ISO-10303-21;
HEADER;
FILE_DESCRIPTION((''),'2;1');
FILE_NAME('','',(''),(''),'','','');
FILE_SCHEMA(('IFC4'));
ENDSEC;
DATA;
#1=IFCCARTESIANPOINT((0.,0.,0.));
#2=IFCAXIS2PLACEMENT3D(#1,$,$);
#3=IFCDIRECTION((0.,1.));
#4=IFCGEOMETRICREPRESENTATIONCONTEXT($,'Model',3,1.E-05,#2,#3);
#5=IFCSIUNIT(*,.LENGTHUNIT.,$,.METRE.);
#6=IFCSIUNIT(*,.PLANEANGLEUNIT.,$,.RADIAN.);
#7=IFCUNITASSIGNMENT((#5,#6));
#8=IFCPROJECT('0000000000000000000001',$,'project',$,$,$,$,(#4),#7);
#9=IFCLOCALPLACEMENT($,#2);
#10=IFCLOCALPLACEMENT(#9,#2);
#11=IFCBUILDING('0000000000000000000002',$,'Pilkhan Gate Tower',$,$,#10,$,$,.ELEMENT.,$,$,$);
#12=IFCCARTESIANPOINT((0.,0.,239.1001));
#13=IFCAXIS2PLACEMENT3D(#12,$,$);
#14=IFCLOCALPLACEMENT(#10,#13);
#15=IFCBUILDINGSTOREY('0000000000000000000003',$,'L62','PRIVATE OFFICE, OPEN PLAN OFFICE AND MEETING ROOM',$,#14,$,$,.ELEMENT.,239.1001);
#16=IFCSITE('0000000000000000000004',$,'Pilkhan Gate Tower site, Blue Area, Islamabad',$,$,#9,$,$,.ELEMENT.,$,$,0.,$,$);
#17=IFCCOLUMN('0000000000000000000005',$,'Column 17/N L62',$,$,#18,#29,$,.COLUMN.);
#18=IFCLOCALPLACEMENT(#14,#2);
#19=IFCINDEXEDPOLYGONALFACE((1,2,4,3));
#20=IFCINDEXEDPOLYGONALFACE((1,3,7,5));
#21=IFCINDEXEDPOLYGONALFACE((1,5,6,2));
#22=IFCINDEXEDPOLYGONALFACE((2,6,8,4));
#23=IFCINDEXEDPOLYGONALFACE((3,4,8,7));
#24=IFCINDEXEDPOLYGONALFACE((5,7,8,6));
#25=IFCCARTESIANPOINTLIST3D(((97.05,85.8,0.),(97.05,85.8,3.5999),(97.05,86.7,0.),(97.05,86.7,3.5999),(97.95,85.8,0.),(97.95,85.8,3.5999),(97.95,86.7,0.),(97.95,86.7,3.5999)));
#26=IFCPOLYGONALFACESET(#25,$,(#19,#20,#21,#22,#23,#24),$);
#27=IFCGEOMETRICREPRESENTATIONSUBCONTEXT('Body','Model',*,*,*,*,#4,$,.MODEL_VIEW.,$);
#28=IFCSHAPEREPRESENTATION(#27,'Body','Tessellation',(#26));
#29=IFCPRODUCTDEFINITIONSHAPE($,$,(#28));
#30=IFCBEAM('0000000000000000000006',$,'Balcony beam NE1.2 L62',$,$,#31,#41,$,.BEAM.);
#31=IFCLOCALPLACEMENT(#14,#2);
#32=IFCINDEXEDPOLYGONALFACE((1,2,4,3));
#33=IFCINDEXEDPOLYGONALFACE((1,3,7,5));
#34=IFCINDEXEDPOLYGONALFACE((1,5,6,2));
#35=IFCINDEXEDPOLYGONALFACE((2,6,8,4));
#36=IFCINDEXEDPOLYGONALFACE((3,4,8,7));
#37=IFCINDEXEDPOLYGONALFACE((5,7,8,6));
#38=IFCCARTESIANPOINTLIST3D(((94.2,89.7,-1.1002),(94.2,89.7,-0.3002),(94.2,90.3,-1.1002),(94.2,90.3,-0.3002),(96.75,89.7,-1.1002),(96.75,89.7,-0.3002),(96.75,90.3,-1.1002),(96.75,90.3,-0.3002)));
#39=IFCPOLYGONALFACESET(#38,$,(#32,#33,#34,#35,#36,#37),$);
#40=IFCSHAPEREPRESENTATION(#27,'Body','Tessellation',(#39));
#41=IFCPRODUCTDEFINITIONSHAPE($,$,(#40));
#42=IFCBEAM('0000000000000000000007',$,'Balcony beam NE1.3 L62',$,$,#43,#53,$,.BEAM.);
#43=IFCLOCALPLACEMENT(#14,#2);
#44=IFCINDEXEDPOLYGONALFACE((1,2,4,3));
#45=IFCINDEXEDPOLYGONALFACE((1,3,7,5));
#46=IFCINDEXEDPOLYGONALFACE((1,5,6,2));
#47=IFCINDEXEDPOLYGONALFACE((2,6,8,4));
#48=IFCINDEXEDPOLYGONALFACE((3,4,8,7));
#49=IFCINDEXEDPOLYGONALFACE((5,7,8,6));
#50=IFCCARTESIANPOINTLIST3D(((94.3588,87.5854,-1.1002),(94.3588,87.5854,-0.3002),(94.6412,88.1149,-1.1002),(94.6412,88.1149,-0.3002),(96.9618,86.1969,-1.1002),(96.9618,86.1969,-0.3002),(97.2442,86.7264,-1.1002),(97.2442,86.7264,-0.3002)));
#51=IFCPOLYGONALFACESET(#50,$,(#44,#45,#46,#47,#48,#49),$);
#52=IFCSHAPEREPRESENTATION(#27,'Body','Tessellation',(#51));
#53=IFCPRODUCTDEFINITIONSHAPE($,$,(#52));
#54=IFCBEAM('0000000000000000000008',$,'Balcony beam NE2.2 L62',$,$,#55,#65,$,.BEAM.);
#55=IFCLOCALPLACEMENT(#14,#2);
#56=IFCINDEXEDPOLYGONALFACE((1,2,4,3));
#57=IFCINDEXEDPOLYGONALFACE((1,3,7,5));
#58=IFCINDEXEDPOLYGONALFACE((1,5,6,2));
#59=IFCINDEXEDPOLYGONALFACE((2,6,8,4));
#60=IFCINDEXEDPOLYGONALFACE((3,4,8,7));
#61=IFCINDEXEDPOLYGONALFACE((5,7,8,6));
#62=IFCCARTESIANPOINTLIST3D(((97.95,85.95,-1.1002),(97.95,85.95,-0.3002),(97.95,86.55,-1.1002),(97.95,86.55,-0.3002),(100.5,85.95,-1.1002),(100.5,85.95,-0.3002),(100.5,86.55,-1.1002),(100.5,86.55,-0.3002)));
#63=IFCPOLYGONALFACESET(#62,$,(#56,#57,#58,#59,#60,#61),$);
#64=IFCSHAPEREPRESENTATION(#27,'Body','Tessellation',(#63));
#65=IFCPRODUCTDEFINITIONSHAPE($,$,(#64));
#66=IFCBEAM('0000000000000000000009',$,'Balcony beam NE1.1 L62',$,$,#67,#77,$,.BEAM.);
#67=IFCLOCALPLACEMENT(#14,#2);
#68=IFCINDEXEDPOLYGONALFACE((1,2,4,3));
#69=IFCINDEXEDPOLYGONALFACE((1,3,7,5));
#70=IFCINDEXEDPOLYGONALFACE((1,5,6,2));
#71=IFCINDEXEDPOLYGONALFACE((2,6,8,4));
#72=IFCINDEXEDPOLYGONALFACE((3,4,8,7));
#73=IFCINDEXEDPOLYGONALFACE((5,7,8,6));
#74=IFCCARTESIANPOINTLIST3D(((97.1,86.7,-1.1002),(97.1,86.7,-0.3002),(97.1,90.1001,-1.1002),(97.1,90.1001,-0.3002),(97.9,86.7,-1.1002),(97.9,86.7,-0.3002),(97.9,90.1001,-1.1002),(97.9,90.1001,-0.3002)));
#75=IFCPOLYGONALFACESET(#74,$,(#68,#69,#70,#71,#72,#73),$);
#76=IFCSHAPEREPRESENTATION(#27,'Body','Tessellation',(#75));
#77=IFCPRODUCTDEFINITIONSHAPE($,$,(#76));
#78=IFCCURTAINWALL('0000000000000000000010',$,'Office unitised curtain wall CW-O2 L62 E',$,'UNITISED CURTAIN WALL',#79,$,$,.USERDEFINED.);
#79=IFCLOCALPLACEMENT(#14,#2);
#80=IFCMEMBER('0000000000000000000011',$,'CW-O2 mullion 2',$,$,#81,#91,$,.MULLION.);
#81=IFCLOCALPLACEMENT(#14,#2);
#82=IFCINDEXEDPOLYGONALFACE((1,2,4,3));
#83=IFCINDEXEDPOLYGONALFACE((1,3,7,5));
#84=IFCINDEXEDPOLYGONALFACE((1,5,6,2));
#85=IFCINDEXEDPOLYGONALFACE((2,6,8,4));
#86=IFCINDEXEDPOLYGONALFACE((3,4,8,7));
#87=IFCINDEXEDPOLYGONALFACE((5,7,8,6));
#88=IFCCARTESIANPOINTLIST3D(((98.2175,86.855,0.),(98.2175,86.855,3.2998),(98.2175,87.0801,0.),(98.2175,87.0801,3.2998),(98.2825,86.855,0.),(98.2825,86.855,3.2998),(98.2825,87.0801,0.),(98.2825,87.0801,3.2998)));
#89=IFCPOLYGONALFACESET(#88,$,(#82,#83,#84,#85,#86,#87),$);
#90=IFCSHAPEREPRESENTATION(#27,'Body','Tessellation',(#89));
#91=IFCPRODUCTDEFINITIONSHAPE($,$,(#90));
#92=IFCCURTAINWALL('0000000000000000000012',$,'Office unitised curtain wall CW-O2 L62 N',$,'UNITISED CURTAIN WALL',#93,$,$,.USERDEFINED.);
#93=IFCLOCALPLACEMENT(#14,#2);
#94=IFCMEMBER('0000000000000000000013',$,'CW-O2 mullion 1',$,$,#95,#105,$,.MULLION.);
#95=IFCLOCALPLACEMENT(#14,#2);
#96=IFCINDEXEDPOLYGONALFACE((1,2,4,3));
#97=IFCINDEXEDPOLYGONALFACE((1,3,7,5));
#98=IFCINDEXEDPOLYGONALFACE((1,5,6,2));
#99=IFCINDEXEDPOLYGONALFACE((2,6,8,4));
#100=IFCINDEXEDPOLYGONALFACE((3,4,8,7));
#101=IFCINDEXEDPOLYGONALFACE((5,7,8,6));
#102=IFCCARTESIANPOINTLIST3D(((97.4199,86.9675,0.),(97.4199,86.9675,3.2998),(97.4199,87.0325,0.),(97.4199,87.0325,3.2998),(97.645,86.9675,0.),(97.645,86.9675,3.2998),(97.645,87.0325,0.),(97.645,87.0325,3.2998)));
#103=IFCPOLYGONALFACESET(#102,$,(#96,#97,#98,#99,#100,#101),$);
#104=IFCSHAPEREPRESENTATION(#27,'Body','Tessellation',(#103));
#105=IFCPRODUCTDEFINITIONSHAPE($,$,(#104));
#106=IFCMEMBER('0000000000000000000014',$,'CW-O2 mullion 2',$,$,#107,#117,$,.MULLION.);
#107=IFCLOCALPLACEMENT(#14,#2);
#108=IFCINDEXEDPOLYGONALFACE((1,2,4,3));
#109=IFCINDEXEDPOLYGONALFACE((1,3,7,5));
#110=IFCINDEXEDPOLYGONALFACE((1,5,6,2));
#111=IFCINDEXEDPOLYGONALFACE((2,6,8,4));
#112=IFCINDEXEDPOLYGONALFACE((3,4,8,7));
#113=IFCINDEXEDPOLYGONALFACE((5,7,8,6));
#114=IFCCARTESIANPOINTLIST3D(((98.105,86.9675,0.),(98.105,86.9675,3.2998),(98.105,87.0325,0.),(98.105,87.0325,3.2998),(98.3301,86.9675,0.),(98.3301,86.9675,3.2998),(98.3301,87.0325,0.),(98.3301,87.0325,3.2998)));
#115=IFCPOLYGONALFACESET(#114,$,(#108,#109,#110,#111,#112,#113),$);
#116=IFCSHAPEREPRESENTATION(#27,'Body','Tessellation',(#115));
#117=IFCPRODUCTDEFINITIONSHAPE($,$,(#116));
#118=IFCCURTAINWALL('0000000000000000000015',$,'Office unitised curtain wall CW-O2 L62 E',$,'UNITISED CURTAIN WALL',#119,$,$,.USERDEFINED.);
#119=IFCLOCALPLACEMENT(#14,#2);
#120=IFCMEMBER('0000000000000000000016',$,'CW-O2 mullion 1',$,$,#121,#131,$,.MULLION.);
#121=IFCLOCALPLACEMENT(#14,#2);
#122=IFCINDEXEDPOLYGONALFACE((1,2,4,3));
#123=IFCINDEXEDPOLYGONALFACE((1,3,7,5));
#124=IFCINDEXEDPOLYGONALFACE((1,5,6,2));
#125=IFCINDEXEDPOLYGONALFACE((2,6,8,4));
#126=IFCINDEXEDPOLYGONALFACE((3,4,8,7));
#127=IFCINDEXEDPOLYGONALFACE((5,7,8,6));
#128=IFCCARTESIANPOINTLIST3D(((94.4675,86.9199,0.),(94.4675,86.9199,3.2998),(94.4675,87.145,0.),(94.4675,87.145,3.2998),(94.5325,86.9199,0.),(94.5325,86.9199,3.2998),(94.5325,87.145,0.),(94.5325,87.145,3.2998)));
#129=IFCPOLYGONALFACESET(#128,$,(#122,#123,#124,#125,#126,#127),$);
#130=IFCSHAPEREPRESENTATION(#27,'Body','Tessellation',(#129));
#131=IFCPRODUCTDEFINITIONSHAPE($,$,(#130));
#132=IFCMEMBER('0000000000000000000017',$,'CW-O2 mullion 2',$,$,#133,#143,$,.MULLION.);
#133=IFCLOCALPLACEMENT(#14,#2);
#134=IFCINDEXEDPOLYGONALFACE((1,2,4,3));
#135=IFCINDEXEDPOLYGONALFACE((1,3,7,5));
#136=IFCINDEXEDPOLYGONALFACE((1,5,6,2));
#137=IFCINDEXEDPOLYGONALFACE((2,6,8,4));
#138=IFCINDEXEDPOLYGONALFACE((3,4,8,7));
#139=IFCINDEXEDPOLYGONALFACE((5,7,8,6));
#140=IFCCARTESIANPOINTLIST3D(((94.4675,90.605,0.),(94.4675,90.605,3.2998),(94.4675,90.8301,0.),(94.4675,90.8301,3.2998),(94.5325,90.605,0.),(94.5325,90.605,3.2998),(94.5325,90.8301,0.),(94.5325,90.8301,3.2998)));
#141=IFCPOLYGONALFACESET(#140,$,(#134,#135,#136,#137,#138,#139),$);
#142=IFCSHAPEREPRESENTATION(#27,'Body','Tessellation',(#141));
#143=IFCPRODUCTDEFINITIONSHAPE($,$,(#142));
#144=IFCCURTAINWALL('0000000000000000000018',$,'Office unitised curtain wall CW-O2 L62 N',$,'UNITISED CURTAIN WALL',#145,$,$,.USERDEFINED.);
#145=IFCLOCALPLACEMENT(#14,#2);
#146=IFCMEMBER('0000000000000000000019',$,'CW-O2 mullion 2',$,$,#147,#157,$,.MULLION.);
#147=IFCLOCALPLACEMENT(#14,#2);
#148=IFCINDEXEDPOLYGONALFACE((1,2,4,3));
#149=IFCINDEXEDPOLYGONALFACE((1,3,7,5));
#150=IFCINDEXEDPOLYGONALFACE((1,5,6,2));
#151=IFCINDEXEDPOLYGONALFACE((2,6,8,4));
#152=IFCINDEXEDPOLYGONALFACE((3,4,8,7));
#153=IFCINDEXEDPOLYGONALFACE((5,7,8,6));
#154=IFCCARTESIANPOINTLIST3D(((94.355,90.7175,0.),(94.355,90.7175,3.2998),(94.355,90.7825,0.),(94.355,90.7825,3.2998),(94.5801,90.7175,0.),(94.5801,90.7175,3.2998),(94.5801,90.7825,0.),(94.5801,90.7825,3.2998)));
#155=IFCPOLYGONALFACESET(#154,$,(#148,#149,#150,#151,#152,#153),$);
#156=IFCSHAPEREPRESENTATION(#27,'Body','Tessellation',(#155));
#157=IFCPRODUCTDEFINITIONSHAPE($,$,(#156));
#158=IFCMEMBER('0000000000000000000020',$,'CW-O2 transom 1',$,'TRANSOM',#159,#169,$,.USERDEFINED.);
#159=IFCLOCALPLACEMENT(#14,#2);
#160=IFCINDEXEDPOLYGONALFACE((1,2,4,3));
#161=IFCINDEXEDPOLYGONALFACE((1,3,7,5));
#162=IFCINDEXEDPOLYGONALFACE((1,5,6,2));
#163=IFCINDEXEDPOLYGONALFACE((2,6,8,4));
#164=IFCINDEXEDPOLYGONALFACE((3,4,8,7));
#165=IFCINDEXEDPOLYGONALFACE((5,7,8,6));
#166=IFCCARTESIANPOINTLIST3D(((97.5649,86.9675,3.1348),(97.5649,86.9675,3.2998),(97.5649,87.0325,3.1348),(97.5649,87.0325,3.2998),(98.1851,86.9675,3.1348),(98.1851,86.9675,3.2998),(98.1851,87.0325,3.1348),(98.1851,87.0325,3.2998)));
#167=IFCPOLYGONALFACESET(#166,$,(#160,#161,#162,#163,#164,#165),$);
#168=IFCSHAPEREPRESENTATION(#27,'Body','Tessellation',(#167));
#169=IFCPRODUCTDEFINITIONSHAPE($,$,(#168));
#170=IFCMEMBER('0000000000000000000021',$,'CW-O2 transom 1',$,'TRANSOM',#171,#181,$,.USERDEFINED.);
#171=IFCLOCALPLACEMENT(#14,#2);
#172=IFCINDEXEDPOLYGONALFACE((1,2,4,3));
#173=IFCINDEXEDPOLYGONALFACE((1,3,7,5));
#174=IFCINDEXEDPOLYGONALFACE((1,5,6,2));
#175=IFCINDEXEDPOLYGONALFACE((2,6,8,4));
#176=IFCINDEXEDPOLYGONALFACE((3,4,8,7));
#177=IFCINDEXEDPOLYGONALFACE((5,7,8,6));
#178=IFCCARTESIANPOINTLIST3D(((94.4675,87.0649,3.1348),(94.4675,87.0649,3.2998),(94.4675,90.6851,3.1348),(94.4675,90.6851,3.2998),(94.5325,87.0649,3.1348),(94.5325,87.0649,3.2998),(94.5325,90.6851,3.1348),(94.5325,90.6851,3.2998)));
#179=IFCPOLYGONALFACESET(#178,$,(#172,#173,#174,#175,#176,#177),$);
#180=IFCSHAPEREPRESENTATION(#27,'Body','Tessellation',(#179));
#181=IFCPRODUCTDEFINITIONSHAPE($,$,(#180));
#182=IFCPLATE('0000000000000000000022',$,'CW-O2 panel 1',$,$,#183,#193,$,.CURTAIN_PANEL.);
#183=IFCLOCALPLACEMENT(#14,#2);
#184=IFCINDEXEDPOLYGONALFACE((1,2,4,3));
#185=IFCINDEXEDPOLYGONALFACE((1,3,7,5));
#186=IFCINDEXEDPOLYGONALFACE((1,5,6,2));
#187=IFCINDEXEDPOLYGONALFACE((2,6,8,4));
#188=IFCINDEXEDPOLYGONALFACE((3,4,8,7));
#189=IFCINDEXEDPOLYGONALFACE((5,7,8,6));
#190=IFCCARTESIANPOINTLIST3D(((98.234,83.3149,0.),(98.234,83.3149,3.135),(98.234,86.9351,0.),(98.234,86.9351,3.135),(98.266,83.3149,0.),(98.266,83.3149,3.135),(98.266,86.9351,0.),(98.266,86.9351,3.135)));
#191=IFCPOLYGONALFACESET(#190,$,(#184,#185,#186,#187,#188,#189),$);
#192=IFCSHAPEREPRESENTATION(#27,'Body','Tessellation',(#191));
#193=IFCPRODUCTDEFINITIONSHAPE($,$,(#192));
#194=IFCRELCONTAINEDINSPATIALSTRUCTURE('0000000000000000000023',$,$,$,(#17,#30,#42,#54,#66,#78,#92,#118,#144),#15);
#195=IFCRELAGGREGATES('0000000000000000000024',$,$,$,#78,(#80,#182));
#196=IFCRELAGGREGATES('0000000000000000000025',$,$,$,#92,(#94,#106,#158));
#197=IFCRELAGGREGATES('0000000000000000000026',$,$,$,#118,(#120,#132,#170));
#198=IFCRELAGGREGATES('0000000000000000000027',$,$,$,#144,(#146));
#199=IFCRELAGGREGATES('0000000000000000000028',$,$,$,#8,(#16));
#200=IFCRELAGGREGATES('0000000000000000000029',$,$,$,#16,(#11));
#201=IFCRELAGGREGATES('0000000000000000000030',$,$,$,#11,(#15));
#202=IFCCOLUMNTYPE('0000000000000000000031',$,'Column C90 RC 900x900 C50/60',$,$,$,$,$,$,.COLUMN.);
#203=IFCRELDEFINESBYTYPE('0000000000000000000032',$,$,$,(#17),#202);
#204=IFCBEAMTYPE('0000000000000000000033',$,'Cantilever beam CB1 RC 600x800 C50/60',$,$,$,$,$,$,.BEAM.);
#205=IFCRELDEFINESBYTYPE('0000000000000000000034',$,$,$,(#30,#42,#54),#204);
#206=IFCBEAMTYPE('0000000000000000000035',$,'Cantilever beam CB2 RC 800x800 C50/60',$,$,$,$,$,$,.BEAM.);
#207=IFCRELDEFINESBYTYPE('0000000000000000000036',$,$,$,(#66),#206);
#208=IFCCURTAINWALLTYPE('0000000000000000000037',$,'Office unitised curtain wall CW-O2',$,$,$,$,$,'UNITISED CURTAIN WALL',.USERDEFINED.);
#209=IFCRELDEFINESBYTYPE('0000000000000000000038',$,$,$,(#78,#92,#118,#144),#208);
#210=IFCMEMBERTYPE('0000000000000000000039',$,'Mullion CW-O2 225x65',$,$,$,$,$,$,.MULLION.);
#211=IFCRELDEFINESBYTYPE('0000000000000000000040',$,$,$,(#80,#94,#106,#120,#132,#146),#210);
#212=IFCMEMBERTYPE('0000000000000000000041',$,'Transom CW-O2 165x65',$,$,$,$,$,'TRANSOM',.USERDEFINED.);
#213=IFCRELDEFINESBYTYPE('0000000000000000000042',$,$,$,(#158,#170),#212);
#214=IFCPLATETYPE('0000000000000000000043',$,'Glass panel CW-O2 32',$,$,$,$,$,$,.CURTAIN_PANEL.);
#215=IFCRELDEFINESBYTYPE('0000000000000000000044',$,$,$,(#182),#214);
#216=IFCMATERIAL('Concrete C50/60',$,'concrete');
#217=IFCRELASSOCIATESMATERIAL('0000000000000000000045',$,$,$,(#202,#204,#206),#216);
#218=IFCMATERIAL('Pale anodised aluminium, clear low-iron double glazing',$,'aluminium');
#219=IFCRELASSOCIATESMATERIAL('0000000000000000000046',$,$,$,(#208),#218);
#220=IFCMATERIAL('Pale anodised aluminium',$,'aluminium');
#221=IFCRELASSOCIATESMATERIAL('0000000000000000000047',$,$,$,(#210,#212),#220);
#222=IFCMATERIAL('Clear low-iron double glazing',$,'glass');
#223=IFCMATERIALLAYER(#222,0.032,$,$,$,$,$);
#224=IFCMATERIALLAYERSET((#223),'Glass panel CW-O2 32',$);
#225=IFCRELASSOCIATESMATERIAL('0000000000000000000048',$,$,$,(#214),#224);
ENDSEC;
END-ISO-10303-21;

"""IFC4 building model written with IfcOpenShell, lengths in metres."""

from ifc_helpers import new_model, si_unit, direction, frame, origin, origin_2d, place, context, subcontext, project, spatial, rectangle, extrude, material, layer, layer_set, material_profile, profile_set, type_object, element, aggregate, save


model = new_model("IFC4")

# Units and contexts
model_context = context("Model", 3, precision=1e-05, world=origin(), true_north=direction((0.0, 1.0)))
body_context = subcontext(model_context, "Body", "Model", "MODEL_VIEW")
ifc_project = project(units=[si_unit("LENGTHUNIT", "METRE"), si_unit("PLANEANGLEUNIT", "RADIAN")], contexts=[model_context])

# Site, building, storey
site_placement = place(None, origin())
site = spatial("IfcSite", under=ifc_project, at=site_placement, Name="Pilkhan Gate Tower site, Blue Area, Islamabad", CompositionType="ELEMENT", RefElevation=0.0)
building_placement = place(site_placement, origin())
building = spatial("IfcBuilding", under=site, at=building_placement, Name="Pilkhan Gate Tower", CompositionType="ELEMENT")
storey_placement = place(building_placement, frame((0.0, 0.0, 239.1001)))
storey = spatial("IfcBuildingStorey", under=building, at=storey_placement, Name="L62", Description="PRIVATE OFFICE, OPEN PLAN OFFICE AND MEETING ROOM", CompositionType="ELEMENT", Elevation=239.1001)

# Column
ifc_material_1 = material(Name="Concrete C50/60", Category="concrete")
ifc_material_profile_1 = material_profile(ifc_material_1, rectangle(XDim=0.8999, YDim=0.8999, at=origin_2d()), Name="RC 900x900")
ifc_profile_set_1 = profile_set([ifc_material_profile_1], Name="Concrete C50/60")
column_type = type_object("IfcColumnType", Name="Column C90 RC 900x900 C50/60", PredefinedType="COLUMN", material=ifc_profile_set_1)
column_placement = place(storey_placement, frame((97.5, 86.25, 0.0), z_axis=(0.0, 0.0, 1.0), x_axis=(1.0, 0.0, 0.0)))
element("IfcColumn", 1, at=column_placement, inside=storey, type_object=column_type, Name="Column 17/N L62", PredefinedType="COLUMN", context=body_context, shape_type="SweptSolid", body=[
    extrude(rectangle(XDim=0.8999, YDim=0.8999, at=origin_2d()), origin(), (0.0, 0.0, 1.0), 3.5999),
])

# Beams
ifc_material_profile_2 = material_profile(ifc_material_1, rectangle(XDim=0.6001, YDim=0.8, at=origin_2d()), Name="RC 600x800")
ifc_profile_set_2 = profile_set([ifc_material_profile_2], Name="Concrete C50/60")
beam_type_1 = type_object("IfcBeamType", Name="Cantilever beam CB1 RC 600x800 C50/60", PredefinedType="BEAM", material=ifc_profile_set_2)
beam_1_placement = place(storey_placement, frame((94.2, 90.0, -0.7002), z_axis=(1.0, 0.0, 0.0), x_axis=(0.0, 1.0, 0.0)))
element("IfcBeam", 2, at=beam_1_placement, inside=storey, type_object=beam_type_1, Name="Balcony beam NE1.2 L62", PredefinedType="BEAM", context=body_context, shape_type="SweptSolid", body=[
    extrude(rectangle(XDim=0.6001, YDim=0.8, at=origin_2d()), origin(), (0.0, 0.0, 1.0), 2.55),
])
beam_2_placement = place(storey_placement, frame((97.103, 86.4617, -0.7002), z_axis=(-0.882332, 0.470627, 0.0), x_axis=(-0.470627, -0.882332, 0.0)))
element("IfcBeam", 3, at=beam_2_placement, inside=storey, type_object=beam_type_1, Name="Balcony beam NE1.3 L62", PredefinedType="BEAM", context=body_context, shape_type="SweptSolid", body=[
    extrude(rectangle(XDim=0.6001, YDim=0.8, at=origin_2d()), origin(), (0.0, 0.0, 1.0), 2.9502),
])
beam_3_placement = place(storey_placement, frame((97.95, 86.25, -0.7002), z_axis=(1.0, 0.0, 0.0), x_axis=(0.0, 1.0, 0.0)))
element("IfcBeam", 4, at=beam_3_placement, inside=storey, type_object=beam_type_1, Name="Balcony beam NE2.2 L62", PredefinedType="BEAM", context=body_context, shape_type="SweptSolid", body=[
    extrude(rectangle(XDim=0.6001, YDim=0.8, at=origin_2d()), origin(), (0.0, 0.0, 1.0), 2.55),
])
ifc_material_profile_3 = material_profile(ifc_material_1, rectangle(XDim=0.8, YDim=0.8, at=origin_2d()), Name="RC 800x800")
ifc_profile_set_3 = profile_set([ifc_material_profile_3], Name="Concrete C50/60")
beam_type_2 = type_object("IfcBeamType", Name="Cantilever beam CB2 RC 800x800 C50/60", PredefinedType="BEAM", material=ifc_profile_set_3)
beam_4_placement = place(storey_placement, frame((97.5, 86.7, -0.7002), z_axis=(0.0, 1.0, 0.0), x_axis=(-1.0, 0.0, 0.0)))
element("IfcBeam", 5, at=beam_4_placement, inside=storey, type_object=beam_type_2, Name="Balcony beam NE1.1 L62", PredefinedType="BEAM", context=body_context, shape_type="SweptSolid", body=[
    extrude(rectangle(XDim=0.8, YDim=0.8, at=origin_2d()), origin(), (0.0, 0.0, 1.0), 3.4001),
])

# Curtain wall, member
ifc_material_2 = material(Name="Pale anodised aluminium, clear low-iron double glazing", Category="aluminium")
curtain_wall_type = type_object("IfcCurtainWallType", Name="Office unitised curtain wall CW-O2", ElementType="UNITISED CURTAIN WALL", PredefinedType="USERDEFINED", material=ifc_material_2)
curtain_wall_1_placement = place(storey_placement, origin())
curtain_wall_1 = element("IfcCurtainWall", 6, at=curtain_wall_1_placement, inside=storey, type_object=curtain_wall_type, Name="Office unitised curtain wall CW-O2 L62 E", ObjectType="UNITISED CURTAIN WALL", PredefinedType="USERDEFINED")
ifc_material_3 = material(Name="Pale anodised aluminium", Category="aluminium")
ifc_material_profile_4 = material_profile(ifc_material_3, rectangle(XDim=0.0649, YDim=0.2251, at=origin_2d()), Name="Mullion 225x65")
ifc_profile_set_4 = profile_set([ifc_material_profile_4], Name="Pale anodised aluminium")
member_type_1 = type_object("IfcMemberType", Name="Mullion CW-O2 225x65", PredefinedType="MULLION", material=ifc_profile_set_4)
member_1_placement = place(storey_placement, frame((98.25, 86.9675, 0.0), z_axis=(0.0, 0.0, 1.0), x_axis=(-1.0, 0.0, 0.0)))
member_1 = element("IfcMember", 7, at=member_1_placement, type_object=member_type_1, Name="CW-O2 mullion 2", PredefinedType="MULLION", context=body_context, shape_type="SweptSolid", body=[
    extrude(rectangle(XDim=0.0649, YDim=0.2251, at=origin_2d()), origin(), (0.0, 0.0, 1.0), 3.2998),
])

# Curtain walls, members
curtain_wall_2_placement = place(storey_placement, origin())
curtain_wall_2 = element("IfcCurtainWall", 8, at=curtain_wall_2_placement, inside=storey, type_object=curtain_wall_type, Name="Office unitised curtain wall CW-O2 L62 N", ObjectType="UNITISED CURTAIN WALL", PredefinedType="USERDEFINED")
member_2_placement = place(storey_placement, frame((97.5325, 87.0, 0.0), z_axis=(0.0, 0.0, 1.0), x_axis=(0.0, 1.0, 0.0)))
member_2 = element("IfcMember", 9, at=member_2_placement, type_object=member_type_1, Name="CW-O2 mullion 1", PredefinedType="MULLION", context=body_context, shape_type="SweptSolid", body=[
    extrude(rectangle(XDim=0.0649, YDim=0.2251, at=origin_2d()), origin(), (0.0, 0.0, 1.0), 3.2998),
])
member_3_placement = place(storey_placement, frame((98.2175, 87.0, 0.0), z_axis=(0.0, 0.0, 1.0), x_axis=(0.0, 1.0, 0.0)))
member_3 = element("IfcMember", 10, at=member_3_placement, type_object=member_type_1, Name="CW-O2 mullion 2", PredefinedType="MULLION", context=body_context, shape_type="SweptSolid", body=[
    extrude(rectangle(XDim=0.0649, YDim=0.2251, at=origin_2d()), origin(), (0.0, 0.0, 1.0), 3.2998),
])
curtain_wall_3_placement = place(storey_placement, origin())
curtain_wall_3 = element("IfcCurtainWall", 11, at=curtain_wall_3_placement, inside=storey, type_object=curtain_wall_type, Name="Office unitised curtain wall CW-O2 L62 E", ObjectType="UNITISED CURTAIN WALL", PredefinedType="USERDEFINED")
member_4_placement = place(storey_placement, frame((94.5, 87.0325, 0.0), z_axis=(0.0, 0.0, 1.0), x_axis=(-1.0, 0.0, 0.0)))
member_4 = element("IfcMember", 12, at=member_4_placement, type_object=member_type_1, Name="CW-O2 mullion 1", PredefinedType="MULLION", context=body_context, shape_type="SweptSolid", body=[
    extrude(rectangle(XDim=0.0649, YDim=0.2251, at=origin_2d()), origin(), (0.0, 0.0, 1.0), 3.2998),
])
member_5_placement = place(storey_placement, frame((94.5, 90.7175, 0.0), z_axis=(0.0, 0.0, 1.0), x_axis=(-1.0, 0.0, 0.0)))
member_5 = element("IfcMember", 13, at=member_5_placement, type_object=member_type_1, Name="CW-O2 mullion 2", PredefinedType="MULLION", context=body_context, shape_type="SweptSolid", body=[
    extrude(rectangle(XDim=0.0649, YDim=0.2251, at=origin_2d()), origin(), (0.0, 0.0, 1.0), 3.2998),
])

# Curtain wall, member
curtain_wall_4_placement = place(storey_placement, origin())
curtain_wall_4 = element("IfcCurtainWall", 14, at=curtain_wall_4_placement, inside=storey, type_object=curtain_wall_type, Name="Office unitised curtain wall CW-O2 L62 N", ObjectType="UNITISED CURTAIN WALL", PredefinedType="USERDEFINED")
member_6_placement = place(storey_placement, frame((94.4675, 90.75, 0.0), z_axis=(0.0, 0.0, 1.0), x_axis=(0.0, 1.0, 0.0)))
member_6 = element("IfcMember", 15, at=member_6_placement, type_object=member_type_1, Name="CW-O2 mullion 2", PredefinedType="MULLION", context=body_context, shape_type="SweptSolid", body=[
    extrude(rectangle(XDim=0.0649, YDim=0.2251, at=origin_2d()), origin(), (0.0, 0.0, 1.0), 3.2998),
])

# Members
ifc_material_profile_5 = material_profile(ifc_material_3, rectangle(XDim=0.0649, YDim=0.165, at=origin_2d()), Name="Transom 165x65")
ifc_profile_set_5 = profile_set([ifc_material_profile_5], Name="Pale anodised aluminium")
member_type_2 = type_object("IfcMemberType", Name="Transom CW-O2 165x65", ElementType="TRANSOM", PredefinedType="USERDEFINED", material=ifc_profile_set_5)
member_7_placement = place(storey_placement, frame((97.5649, 87.0, 3.2173), z_axis=(1.0, 0.0, 0.0), x_axis=(0.0, 1.0, 0.0)))
member_7 = element("IfcMember", 16, at=member_7_placement, type_object=member_type_2, Name="CW-O2 transom 1", ObjectType="TRANSOM", PredefinedType="USERDEFINED", context=body_context, shape_type="SweptSolid", body=[
    extrude(rectangle(XDim=0.0649, YDim=0.165, at=origin_2d()), origin(), (0.0, 0.0, 1.0), 0.6201),
])
member_8_placement = place(storey_placement, frame((94.5, 87.0649, 3.2173), z_axis=(0.0, 1.0, 0.0), x_axis=(-1.0, 0.0, 0.0)))
member_8 = element("IfcMember", 17, at=member_8_placement, type_object=member_type_2, Name="CW-O2 transom 1", ObjectType="TRANSOM", PredefinedType="USERDEFINED", context=body_context, shape_type="SweptSolid", body=[
    extrude(rectangle(XDim=0.0649, YDim=0.165, at=origin_2d()), origin(), (0.0, 0.0, 1.0), 3.6201),
])

# Plate
ifc_material_4 = material(Name="Clear low-iron double glazing", Category="glass")
ifc_layer_1 = layer(ifc_material_4, 0.032)
ifc_layer_set_1 = layer_set([ifc_layer_1], Name="Glass panel CW-O2 32")
plate_type = type_object("IfcPlateType", Name="Glass panel CW-O2 32", PredefinedType="CURTAIN_PANEL", material=ifc_layer_set_1)
plate_1_placement = place(storey_placement, frame((98.25, 85.125, 0.0), z_axis=(0.0, 0.0, 1.0), x_axis=(0.0, 1.0, 0.0)))
plate_1 = element("IfcPlate", 18, at=plate_1_placement, type_object=plate_type, Name="CW-O2 panel 1", PredefinedType="CURTAIN_PANEL", context=body_context, shape_type="SweptSolid", body=[
    extrude(rectangle(XDim=3.6201, YDim=0.032, at=origin_2d()), origin(), (0.0, 0.0, 1.0), 3.135),
])
aggregate(curtain_wall_1, [member_1, plate_1])
aggregate(curtain_wall_2, [member_2, member_3, member_7])
aggregate(curtain_wall_3, [member_4, member_5, member_8])
aggregate(curtain_wall_4, [member_6])

save(model, "model.ifc")
